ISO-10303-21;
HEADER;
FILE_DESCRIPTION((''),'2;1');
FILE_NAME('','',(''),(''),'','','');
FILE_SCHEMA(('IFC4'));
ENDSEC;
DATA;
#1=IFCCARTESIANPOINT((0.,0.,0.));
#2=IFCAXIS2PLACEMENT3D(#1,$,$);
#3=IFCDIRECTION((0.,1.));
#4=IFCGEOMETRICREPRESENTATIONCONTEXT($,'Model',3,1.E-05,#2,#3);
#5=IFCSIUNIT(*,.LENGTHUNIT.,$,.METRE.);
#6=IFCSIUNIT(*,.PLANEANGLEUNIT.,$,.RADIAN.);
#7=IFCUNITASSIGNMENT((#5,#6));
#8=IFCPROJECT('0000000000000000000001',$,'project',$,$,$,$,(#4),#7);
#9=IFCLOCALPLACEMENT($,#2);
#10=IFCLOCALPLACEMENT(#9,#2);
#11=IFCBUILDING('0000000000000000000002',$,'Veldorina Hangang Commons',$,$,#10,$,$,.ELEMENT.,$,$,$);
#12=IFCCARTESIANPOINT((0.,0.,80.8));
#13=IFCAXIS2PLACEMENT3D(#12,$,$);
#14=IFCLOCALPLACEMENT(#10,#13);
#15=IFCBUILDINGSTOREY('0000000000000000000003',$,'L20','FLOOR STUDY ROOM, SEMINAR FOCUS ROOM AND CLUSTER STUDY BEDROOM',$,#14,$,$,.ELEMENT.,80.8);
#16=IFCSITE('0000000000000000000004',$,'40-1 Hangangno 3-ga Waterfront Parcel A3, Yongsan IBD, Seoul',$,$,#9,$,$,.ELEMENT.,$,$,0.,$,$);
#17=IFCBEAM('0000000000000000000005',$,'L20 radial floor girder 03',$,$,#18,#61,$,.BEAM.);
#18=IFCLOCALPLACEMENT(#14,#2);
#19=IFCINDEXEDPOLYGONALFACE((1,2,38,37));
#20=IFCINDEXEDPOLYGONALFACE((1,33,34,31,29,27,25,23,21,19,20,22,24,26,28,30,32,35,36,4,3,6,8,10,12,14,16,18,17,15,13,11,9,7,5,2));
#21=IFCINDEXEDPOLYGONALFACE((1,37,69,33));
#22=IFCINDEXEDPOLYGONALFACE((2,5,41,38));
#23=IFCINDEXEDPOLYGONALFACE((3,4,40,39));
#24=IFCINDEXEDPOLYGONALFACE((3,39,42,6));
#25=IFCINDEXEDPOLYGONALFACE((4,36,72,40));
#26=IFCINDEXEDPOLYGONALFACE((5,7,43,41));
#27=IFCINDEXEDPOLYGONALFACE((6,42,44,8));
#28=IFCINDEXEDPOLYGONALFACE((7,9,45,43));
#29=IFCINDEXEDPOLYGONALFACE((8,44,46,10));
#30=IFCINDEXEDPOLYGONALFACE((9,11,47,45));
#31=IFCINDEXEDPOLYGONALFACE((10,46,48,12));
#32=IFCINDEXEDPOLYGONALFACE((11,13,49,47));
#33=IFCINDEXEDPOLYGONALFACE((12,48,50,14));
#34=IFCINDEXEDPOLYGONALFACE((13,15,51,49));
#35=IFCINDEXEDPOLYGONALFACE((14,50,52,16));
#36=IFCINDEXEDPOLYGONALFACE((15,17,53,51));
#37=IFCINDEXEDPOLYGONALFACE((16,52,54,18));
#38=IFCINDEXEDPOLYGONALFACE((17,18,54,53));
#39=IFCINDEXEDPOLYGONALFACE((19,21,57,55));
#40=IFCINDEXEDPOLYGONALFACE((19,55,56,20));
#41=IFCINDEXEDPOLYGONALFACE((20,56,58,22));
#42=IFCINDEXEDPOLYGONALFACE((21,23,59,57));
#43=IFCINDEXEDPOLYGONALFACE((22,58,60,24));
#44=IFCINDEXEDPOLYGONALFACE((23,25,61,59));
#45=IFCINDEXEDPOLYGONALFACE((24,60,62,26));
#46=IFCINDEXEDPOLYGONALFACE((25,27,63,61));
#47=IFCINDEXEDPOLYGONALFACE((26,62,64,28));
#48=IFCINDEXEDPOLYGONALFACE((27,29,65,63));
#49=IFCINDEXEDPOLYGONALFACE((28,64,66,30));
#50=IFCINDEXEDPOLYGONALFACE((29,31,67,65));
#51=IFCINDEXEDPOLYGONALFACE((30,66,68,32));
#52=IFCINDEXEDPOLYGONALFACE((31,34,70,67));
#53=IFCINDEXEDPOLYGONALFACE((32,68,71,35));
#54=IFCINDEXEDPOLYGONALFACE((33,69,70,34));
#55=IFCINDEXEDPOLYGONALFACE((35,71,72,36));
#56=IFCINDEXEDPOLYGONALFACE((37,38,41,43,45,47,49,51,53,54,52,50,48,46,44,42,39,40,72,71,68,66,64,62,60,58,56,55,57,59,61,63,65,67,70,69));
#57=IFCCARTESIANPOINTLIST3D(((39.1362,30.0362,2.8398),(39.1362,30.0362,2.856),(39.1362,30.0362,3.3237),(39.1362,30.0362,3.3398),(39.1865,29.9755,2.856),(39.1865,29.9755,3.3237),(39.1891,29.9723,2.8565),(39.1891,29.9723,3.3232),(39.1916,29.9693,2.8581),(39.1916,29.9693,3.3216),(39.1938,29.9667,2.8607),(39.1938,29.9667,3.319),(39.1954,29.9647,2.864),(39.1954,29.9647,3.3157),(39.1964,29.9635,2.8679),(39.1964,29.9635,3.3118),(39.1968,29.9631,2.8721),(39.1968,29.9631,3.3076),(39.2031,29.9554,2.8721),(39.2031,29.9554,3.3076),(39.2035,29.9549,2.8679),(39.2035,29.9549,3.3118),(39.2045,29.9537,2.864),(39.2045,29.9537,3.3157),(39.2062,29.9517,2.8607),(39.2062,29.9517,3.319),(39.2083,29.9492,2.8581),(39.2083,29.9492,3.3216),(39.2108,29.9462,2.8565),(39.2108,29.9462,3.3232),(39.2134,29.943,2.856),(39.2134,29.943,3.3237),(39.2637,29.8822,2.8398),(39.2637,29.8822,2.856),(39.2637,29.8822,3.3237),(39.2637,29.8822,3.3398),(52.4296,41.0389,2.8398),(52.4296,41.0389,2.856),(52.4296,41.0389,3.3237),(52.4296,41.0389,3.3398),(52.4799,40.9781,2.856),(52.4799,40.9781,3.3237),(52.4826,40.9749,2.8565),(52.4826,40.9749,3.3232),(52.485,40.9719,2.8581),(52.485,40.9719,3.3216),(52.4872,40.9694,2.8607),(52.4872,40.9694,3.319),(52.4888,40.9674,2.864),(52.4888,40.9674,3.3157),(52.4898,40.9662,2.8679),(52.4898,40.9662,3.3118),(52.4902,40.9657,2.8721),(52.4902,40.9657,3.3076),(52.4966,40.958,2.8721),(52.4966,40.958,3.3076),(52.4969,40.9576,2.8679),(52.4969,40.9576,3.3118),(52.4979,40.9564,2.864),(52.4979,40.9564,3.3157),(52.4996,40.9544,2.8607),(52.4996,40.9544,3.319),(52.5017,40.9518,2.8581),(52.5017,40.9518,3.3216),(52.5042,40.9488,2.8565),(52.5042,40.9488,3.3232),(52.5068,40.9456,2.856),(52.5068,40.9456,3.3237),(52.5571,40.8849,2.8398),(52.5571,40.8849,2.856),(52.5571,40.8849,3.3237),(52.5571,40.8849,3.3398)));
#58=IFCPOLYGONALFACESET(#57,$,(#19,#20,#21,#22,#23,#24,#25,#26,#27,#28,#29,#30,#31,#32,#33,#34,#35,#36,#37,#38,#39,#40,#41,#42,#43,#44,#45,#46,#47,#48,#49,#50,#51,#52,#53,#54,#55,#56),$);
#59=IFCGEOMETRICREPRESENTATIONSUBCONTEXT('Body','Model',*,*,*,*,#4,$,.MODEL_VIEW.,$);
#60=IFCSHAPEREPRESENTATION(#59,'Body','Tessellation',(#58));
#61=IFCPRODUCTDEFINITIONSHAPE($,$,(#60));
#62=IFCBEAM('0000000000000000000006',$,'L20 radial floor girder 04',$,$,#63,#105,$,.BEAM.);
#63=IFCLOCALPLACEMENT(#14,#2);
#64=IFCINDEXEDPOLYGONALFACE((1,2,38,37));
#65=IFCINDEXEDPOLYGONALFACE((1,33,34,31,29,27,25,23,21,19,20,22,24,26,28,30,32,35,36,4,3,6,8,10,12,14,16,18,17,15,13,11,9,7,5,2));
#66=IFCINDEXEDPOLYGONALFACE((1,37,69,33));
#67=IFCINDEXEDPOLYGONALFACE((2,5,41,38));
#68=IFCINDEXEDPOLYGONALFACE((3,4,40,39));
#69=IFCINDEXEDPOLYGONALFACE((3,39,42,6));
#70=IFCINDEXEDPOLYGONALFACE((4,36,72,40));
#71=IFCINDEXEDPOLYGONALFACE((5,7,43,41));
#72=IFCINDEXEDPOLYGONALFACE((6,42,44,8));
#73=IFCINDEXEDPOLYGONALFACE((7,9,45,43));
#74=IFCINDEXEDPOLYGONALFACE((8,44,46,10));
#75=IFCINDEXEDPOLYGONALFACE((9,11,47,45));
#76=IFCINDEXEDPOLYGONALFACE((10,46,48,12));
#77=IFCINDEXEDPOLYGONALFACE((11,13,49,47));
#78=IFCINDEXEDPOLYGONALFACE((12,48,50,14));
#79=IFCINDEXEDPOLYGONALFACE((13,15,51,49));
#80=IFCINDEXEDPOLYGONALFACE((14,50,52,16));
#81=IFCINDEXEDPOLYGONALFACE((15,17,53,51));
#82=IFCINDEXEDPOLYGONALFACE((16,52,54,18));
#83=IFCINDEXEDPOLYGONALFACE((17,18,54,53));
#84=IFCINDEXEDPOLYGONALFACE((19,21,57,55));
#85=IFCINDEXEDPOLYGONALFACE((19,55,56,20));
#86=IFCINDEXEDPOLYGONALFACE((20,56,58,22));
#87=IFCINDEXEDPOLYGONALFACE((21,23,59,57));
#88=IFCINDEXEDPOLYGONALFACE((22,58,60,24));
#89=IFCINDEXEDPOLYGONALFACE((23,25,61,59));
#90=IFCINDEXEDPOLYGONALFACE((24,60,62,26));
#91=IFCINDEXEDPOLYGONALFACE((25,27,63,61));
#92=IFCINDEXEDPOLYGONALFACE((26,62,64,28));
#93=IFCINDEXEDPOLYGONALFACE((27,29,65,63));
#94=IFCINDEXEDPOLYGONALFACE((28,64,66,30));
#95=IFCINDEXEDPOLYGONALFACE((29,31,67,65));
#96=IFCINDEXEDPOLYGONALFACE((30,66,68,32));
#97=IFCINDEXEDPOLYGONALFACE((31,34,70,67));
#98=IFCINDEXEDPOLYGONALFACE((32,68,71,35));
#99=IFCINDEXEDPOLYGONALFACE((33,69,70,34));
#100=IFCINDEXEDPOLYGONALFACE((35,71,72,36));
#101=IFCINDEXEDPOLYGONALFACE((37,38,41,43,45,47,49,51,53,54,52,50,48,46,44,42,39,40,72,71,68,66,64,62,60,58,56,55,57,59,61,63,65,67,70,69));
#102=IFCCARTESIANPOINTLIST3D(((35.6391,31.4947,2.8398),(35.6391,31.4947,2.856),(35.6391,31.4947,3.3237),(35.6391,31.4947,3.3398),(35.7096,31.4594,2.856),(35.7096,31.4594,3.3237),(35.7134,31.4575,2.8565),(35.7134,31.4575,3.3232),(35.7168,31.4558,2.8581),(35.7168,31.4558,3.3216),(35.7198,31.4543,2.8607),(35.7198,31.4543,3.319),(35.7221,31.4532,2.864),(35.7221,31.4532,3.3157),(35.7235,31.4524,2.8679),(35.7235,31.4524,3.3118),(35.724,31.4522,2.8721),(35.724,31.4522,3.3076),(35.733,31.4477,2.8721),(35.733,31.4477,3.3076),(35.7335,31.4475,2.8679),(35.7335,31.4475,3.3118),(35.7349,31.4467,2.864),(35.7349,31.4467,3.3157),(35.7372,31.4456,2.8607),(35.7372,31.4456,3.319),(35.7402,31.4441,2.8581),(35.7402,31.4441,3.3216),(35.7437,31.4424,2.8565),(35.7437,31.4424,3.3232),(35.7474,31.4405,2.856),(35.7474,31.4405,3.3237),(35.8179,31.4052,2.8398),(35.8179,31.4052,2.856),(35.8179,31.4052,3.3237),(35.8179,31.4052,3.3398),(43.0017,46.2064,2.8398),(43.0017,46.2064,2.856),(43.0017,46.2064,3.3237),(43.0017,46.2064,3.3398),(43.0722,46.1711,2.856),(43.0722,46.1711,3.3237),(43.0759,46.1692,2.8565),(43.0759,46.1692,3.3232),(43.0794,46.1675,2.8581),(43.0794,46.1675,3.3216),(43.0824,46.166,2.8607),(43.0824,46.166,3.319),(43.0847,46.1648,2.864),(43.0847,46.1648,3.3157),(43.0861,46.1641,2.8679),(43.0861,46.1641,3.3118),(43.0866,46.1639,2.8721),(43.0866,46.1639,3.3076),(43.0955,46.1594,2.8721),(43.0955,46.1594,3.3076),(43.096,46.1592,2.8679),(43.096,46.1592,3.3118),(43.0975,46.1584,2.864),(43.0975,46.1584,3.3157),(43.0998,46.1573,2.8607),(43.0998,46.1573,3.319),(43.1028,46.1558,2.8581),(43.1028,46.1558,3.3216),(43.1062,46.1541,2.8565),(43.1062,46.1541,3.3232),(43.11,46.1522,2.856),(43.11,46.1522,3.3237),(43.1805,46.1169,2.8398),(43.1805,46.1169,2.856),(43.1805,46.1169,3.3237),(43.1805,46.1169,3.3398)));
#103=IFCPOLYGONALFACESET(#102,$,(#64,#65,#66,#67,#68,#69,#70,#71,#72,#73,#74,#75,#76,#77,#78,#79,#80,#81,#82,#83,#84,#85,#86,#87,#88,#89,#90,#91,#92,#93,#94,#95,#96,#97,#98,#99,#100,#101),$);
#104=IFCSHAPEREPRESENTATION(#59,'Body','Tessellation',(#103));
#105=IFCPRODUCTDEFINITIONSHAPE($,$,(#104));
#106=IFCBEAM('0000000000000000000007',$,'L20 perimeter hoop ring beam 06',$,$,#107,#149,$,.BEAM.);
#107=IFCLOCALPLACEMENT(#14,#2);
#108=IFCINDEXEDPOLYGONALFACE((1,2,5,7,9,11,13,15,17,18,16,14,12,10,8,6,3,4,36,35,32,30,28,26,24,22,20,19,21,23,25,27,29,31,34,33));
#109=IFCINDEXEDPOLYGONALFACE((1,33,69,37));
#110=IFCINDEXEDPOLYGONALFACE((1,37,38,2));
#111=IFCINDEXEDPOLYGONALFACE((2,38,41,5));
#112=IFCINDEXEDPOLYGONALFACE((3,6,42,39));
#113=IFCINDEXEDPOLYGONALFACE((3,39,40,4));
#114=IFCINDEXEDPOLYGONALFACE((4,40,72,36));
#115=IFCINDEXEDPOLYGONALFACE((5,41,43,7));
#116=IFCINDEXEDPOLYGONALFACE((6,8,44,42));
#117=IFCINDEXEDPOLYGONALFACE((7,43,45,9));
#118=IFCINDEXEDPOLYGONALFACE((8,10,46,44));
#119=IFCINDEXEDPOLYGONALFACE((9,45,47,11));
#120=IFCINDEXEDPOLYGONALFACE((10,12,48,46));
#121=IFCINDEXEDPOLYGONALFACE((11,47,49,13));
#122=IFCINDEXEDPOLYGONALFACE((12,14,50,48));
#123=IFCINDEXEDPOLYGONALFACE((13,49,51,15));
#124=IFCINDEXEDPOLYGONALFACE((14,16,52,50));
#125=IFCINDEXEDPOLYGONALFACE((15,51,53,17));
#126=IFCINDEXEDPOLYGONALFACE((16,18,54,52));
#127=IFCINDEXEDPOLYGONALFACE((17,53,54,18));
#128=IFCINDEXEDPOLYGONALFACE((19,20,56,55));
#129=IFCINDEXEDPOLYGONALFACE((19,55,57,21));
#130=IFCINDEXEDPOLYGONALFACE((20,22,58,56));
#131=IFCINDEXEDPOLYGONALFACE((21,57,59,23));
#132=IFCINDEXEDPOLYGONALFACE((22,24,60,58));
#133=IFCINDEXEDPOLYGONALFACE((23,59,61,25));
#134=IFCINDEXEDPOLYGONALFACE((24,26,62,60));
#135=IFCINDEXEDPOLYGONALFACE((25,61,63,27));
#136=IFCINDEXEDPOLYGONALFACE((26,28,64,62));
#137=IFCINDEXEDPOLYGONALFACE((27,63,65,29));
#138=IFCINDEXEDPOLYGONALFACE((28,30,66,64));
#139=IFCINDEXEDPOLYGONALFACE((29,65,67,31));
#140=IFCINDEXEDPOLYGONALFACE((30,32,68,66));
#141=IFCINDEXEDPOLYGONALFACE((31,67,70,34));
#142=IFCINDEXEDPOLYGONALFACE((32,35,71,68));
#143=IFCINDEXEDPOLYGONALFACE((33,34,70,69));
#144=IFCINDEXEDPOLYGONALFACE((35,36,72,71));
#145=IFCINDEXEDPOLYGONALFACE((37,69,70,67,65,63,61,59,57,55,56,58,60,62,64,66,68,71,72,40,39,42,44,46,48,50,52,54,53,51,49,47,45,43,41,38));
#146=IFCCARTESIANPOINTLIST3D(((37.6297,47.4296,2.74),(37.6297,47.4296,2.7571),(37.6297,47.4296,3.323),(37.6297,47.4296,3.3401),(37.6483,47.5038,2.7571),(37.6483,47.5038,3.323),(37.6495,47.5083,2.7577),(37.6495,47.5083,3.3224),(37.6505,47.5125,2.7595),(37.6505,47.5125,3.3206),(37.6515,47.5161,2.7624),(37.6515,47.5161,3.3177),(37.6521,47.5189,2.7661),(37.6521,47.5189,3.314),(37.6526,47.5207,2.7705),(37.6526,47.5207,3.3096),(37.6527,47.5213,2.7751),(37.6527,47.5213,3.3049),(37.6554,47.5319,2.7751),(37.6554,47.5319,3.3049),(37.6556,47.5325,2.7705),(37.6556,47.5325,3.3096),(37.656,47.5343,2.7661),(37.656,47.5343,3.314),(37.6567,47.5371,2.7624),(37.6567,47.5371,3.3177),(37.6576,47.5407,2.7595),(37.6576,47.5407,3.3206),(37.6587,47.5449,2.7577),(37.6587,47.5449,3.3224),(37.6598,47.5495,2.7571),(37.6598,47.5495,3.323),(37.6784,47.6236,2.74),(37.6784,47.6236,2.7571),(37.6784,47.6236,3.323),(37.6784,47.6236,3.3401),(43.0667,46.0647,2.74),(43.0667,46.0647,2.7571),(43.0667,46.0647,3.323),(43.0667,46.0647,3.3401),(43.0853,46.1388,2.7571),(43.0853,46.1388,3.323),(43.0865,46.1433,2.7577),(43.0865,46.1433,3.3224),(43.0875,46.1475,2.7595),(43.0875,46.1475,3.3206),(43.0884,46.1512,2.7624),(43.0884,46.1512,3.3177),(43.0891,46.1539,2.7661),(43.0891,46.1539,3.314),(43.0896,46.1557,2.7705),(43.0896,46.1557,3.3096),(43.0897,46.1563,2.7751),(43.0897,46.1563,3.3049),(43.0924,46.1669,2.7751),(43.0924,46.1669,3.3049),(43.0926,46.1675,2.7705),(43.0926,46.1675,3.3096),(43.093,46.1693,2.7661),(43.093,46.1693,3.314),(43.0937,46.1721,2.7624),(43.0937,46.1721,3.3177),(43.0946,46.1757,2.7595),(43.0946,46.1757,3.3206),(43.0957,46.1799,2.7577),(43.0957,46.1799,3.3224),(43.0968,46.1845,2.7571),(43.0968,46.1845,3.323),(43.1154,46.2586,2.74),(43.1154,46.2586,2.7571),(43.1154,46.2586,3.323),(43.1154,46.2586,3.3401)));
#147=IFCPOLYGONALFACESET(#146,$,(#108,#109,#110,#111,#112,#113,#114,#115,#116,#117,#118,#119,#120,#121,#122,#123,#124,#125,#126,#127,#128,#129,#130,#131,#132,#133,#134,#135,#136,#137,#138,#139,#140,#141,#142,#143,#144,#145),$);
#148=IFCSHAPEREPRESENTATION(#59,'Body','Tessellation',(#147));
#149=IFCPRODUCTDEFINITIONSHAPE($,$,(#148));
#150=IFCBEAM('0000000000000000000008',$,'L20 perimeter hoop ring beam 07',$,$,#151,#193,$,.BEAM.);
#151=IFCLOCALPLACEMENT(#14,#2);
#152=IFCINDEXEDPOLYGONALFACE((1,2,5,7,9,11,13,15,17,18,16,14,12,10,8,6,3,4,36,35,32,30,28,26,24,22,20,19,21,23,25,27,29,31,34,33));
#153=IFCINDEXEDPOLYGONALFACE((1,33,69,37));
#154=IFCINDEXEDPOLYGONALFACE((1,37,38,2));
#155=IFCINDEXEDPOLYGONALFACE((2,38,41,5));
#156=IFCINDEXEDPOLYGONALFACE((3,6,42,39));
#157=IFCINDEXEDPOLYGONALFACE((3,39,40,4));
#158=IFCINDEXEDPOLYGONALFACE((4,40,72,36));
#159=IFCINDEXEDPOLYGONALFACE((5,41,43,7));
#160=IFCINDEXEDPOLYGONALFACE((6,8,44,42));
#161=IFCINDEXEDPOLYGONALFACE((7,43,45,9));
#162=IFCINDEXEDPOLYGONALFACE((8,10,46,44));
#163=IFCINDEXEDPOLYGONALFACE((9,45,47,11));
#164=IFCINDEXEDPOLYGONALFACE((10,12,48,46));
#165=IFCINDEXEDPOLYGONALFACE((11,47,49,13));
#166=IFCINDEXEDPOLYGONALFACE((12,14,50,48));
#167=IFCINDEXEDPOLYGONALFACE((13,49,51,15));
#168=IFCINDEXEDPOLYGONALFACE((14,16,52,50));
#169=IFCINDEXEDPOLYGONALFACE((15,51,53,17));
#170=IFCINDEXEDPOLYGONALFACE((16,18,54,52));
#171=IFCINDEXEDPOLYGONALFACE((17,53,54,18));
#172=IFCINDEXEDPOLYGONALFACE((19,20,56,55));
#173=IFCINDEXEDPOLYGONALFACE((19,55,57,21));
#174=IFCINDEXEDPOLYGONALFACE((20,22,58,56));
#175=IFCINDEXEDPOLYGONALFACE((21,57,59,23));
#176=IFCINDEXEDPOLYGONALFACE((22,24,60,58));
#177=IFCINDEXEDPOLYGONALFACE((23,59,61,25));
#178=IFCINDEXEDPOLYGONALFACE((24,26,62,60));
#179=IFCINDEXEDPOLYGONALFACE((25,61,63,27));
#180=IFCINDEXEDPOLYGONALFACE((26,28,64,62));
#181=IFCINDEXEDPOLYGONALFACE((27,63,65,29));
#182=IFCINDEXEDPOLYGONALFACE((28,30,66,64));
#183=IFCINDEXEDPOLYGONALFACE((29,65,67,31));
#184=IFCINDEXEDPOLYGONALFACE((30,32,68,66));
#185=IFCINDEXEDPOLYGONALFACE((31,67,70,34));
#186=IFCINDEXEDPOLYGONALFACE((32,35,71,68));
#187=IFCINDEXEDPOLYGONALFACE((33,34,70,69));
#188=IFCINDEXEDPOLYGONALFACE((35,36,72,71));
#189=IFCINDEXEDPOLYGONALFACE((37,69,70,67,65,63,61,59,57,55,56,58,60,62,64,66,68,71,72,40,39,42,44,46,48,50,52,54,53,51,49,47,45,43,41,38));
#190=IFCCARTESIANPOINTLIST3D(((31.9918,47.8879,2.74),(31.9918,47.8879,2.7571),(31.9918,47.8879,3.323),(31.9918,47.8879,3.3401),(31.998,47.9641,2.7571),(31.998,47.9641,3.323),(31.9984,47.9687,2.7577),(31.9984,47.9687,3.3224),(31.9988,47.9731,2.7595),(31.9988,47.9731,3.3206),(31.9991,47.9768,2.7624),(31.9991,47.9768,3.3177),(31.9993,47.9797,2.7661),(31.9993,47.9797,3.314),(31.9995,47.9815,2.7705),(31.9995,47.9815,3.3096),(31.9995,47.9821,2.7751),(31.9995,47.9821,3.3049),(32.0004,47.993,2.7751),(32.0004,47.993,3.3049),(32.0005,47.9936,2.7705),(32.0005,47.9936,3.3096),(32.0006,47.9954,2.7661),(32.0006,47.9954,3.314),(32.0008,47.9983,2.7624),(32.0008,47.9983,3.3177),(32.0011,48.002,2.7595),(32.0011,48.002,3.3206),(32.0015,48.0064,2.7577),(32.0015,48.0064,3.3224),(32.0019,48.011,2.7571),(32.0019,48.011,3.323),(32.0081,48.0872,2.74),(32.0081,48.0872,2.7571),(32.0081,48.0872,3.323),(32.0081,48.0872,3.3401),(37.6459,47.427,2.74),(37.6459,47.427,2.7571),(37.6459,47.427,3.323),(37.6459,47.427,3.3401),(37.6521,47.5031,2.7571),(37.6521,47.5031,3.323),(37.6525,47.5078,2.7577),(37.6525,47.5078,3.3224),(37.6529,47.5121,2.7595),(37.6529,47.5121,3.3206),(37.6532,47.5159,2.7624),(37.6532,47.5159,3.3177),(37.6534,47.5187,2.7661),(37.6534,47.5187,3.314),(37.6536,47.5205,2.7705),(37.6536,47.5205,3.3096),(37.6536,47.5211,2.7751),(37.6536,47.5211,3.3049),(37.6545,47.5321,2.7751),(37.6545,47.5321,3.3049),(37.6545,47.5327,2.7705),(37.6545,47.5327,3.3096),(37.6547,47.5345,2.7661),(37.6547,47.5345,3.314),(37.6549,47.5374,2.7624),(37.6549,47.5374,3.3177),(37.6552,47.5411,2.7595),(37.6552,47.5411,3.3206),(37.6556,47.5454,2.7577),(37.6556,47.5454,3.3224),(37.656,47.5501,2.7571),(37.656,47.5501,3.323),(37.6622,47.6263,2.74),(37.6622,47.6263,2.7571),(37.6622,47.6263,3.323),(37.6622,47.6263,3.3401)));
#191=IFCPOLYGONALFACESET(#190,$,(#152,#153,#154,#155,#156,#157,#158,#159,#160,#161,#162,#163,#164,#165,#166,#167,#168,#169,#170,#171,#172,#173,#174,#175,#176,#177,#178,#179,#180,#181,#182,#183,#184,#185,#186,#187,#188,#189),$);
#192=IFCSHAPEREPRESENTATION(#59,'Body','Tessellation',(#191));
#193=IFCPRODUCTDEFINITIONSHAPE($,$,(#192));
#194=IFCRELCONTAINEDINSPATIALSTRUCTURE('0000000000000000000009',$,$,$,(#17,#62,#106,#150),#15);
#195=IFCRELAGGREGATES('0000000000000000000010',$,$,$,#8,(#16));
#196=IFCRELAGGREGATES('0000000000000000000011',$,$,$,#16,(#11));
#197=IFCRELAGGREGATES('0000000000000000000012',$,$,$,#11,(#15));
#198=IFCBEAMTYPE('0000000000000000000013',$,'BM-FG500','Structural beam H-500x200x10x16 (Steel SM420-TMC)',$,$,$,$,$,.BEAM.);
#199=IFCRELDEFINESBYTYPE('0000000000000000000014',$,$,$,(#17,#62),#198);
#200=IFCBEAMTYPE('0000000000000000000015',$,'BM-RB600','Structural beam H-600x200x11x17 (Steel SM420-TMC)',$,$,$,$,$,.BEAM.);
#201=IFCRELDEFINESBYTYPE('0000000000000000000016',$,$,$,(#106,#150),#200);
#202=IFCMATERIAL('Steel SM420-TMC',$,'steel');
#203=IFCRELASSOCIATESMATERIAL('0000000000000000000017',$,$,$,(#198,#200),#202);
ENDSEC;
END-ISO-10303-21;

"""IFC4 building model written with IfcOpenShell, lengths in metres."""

from ifc_helpers import new_model, si_unit, direction, frame, origin, origin_2d, place, context, subcontext, project, spatial, i_section, extrude, material, material_profile, profile_set, type_object, element, save


model = new_model("IFC4")

# Units and contexts
model_context = context("Model", 3, precision=1e-05, world=origin(), true_north=direction((0.0, 1.0)))
body_context = subcontext(model_context, "Body", "Model", "MODEL_VIEW")
ifc_project = project(units=[si_unit("LENGTHUNIT", "METRE"), si_unit("PLANEANGLEUNIT", "RADIAN")], contexts=[model_context])

# Site, building, storey
site_placement = place(None, origin())
site = spatial("IfcSite", under=ifc_project, at=site_placement, Name="40-1 Hangangno 3-ga Waterfront Parcel A3, Yongsan IBD, Seoul", CompositionType="ELEMENT", RefElevation=0.0)
building_placement = place(site_placement, origin())
building = spatial("IfcBuilding", under=site, at=building_placement, Name="Veldorina Hangang Commons", CompositionType="ELEMENT")
storey_placement = place(building_placement, frame((0.0, 0.0, 80.8)))
storey = spatial("IfcBuildingStorey", under=building, at=storey_placement, Name="L20", Description="FLOOR STUDY ROOM, SEMINAR FOCUS ROOM AND CLUSTER STUDY BEDROOM", CompositionType="ELEMENT", Elevation=80.8)

# Beams
ifc_material_1 = material(Name="Steel SM420-TMC", Category="steel")
ifc_material_profile_1 = material_profile(ifc_material_1, i_section(OverallWidth=0.2, OverallDepth=0.5, WebThickness=0.01, FlangeThickness=0.0161, FilletRadius=0.0161, at=origin_2d()), Name="H-500x200x10x16")
ifc_profile_set_1 = profile_set([ifc_material_profile_1], Name="Steel SM420-TMC")
beam_type_1 = type_object("IfcBeamType", Name="BM-FG500", Description="Structural beam H-500x200x10x16 (Steel SM420-TMC)", PredefinedType="BEAM", material=ifc_profile_set_1)
beam_1_placement = place(storey_placement, frame((39.2, 29.9592, 3.0898), z_axis=(0.77036, 0.637609, 0.0), x_axis=(-0.637609, 0.77036, 0.0)))
element("IfcBeam", 1, at=beam_1_placement, inside=storey, type_object=beam_type_1, Name="L20 radial floor girder 03", PredefinedType="BEAM", context=body_context, shape_type="SweptSolid", body=[
    extrude(i_section(OverallWidth=0.2, OverallDepth=0.5, WebThickness=0.01, FlangeThickness=0.0161, FilletRadius=0.0161, at=origin_2d()), origin(), (0.0, 0.0, 1.0), 17.2561),
])
beam_2_placement = place(storey_placement, frame((35.7285, 31.45, 3.0898), z_axis=(0.44754, 0.894264, 0.0), x_axis=(-0.894264, 0.44754, 0.0)))
element("IfcBeam", 2, at=beam_2_placement, inside=storey, type_object=beam_type_1, Name="L20 radial floor girder 04", PredefinedType="BEAM", context=body_context, shape_type="SweptSolid", body=[
    extrude(i_section(OverallWidth=0.2, OverallDepth=0.5, WebThickness=0.01, FlangeThickness=0.0161, FilletRadius=0.0161, at=origin_2d()), origin(), (0.0, 0.0, 1.0), 16.4512),
])
ifc_material_profile_2 = material_profile(ifc_material_1, i_section(OverallWidth=0.2, OverallDepth=0.6001, WebThickness=0.011, FlangeThickness=0.0171, FilletRadius=0.0181, at=origin_2d()), Name="H-600x200x11x17")
ifc_profile_set_2 = profile_set([ifc_material_profile_2], Name="Steel SM420-TMC")
beam_type_2 = type_object("IfcBeamType", Name="BM-RB600", Description="Structural beam H-600x200x11x17 (Steel SM420-TMC)", PredefinedType="BEAM", material=ifc_profile_set_2)
beam_3_placement = place(storey_placement, frame((43.0911, 46.1616, 3.04), z_axis=(-0.969901, 0.243499, 0.0), x_axis=(-0.243499, -0.969901, 0.0)))
element("IfcBeam", 3, at=beam_3_placement, inside=storey, type_object=beam_type_2, Name="L20 perimeter hoop ring beam 06", PredefinedType="BEAM", context=body_context, shape_type="SweptSolid", body=[
    extrude(i_section(OverallWidth=0.2, OverallDepth=0.6001, WebThickness=0.011, FlangeThickness=0.0171, FilletRadius=0.0181, at=origin_2d()), origin(), (0.0, 0.0, 1.0), 5.6057),
])
beam_4_placement = place(storey_placement, frame((37.6541, 47.5266, 3.04), z_axis=(-0.996693, 0.081254, 0.0), x_axis=(-0.081254, -0.996693, 0.0)))
element("IfcBeam", 4, at=beam_4_placement, inside=storey, type_object=beam_type_2, Name="L20 perimeter hoop ring beam 07", PredefinedType="BEAM", context=body_context, shape_type="SweptSolid", body=[
    extrude(i_section(OverallWidth=0.2, OverallDepth=0.6001, WebThickness=0.011, FlangeThickness=0.0171, FilletRadius=0.0181, at=origin_2d()), origin(), (0.0, 0.0, 1.0), 5.6729),
])

save(model, "model.ifc")
